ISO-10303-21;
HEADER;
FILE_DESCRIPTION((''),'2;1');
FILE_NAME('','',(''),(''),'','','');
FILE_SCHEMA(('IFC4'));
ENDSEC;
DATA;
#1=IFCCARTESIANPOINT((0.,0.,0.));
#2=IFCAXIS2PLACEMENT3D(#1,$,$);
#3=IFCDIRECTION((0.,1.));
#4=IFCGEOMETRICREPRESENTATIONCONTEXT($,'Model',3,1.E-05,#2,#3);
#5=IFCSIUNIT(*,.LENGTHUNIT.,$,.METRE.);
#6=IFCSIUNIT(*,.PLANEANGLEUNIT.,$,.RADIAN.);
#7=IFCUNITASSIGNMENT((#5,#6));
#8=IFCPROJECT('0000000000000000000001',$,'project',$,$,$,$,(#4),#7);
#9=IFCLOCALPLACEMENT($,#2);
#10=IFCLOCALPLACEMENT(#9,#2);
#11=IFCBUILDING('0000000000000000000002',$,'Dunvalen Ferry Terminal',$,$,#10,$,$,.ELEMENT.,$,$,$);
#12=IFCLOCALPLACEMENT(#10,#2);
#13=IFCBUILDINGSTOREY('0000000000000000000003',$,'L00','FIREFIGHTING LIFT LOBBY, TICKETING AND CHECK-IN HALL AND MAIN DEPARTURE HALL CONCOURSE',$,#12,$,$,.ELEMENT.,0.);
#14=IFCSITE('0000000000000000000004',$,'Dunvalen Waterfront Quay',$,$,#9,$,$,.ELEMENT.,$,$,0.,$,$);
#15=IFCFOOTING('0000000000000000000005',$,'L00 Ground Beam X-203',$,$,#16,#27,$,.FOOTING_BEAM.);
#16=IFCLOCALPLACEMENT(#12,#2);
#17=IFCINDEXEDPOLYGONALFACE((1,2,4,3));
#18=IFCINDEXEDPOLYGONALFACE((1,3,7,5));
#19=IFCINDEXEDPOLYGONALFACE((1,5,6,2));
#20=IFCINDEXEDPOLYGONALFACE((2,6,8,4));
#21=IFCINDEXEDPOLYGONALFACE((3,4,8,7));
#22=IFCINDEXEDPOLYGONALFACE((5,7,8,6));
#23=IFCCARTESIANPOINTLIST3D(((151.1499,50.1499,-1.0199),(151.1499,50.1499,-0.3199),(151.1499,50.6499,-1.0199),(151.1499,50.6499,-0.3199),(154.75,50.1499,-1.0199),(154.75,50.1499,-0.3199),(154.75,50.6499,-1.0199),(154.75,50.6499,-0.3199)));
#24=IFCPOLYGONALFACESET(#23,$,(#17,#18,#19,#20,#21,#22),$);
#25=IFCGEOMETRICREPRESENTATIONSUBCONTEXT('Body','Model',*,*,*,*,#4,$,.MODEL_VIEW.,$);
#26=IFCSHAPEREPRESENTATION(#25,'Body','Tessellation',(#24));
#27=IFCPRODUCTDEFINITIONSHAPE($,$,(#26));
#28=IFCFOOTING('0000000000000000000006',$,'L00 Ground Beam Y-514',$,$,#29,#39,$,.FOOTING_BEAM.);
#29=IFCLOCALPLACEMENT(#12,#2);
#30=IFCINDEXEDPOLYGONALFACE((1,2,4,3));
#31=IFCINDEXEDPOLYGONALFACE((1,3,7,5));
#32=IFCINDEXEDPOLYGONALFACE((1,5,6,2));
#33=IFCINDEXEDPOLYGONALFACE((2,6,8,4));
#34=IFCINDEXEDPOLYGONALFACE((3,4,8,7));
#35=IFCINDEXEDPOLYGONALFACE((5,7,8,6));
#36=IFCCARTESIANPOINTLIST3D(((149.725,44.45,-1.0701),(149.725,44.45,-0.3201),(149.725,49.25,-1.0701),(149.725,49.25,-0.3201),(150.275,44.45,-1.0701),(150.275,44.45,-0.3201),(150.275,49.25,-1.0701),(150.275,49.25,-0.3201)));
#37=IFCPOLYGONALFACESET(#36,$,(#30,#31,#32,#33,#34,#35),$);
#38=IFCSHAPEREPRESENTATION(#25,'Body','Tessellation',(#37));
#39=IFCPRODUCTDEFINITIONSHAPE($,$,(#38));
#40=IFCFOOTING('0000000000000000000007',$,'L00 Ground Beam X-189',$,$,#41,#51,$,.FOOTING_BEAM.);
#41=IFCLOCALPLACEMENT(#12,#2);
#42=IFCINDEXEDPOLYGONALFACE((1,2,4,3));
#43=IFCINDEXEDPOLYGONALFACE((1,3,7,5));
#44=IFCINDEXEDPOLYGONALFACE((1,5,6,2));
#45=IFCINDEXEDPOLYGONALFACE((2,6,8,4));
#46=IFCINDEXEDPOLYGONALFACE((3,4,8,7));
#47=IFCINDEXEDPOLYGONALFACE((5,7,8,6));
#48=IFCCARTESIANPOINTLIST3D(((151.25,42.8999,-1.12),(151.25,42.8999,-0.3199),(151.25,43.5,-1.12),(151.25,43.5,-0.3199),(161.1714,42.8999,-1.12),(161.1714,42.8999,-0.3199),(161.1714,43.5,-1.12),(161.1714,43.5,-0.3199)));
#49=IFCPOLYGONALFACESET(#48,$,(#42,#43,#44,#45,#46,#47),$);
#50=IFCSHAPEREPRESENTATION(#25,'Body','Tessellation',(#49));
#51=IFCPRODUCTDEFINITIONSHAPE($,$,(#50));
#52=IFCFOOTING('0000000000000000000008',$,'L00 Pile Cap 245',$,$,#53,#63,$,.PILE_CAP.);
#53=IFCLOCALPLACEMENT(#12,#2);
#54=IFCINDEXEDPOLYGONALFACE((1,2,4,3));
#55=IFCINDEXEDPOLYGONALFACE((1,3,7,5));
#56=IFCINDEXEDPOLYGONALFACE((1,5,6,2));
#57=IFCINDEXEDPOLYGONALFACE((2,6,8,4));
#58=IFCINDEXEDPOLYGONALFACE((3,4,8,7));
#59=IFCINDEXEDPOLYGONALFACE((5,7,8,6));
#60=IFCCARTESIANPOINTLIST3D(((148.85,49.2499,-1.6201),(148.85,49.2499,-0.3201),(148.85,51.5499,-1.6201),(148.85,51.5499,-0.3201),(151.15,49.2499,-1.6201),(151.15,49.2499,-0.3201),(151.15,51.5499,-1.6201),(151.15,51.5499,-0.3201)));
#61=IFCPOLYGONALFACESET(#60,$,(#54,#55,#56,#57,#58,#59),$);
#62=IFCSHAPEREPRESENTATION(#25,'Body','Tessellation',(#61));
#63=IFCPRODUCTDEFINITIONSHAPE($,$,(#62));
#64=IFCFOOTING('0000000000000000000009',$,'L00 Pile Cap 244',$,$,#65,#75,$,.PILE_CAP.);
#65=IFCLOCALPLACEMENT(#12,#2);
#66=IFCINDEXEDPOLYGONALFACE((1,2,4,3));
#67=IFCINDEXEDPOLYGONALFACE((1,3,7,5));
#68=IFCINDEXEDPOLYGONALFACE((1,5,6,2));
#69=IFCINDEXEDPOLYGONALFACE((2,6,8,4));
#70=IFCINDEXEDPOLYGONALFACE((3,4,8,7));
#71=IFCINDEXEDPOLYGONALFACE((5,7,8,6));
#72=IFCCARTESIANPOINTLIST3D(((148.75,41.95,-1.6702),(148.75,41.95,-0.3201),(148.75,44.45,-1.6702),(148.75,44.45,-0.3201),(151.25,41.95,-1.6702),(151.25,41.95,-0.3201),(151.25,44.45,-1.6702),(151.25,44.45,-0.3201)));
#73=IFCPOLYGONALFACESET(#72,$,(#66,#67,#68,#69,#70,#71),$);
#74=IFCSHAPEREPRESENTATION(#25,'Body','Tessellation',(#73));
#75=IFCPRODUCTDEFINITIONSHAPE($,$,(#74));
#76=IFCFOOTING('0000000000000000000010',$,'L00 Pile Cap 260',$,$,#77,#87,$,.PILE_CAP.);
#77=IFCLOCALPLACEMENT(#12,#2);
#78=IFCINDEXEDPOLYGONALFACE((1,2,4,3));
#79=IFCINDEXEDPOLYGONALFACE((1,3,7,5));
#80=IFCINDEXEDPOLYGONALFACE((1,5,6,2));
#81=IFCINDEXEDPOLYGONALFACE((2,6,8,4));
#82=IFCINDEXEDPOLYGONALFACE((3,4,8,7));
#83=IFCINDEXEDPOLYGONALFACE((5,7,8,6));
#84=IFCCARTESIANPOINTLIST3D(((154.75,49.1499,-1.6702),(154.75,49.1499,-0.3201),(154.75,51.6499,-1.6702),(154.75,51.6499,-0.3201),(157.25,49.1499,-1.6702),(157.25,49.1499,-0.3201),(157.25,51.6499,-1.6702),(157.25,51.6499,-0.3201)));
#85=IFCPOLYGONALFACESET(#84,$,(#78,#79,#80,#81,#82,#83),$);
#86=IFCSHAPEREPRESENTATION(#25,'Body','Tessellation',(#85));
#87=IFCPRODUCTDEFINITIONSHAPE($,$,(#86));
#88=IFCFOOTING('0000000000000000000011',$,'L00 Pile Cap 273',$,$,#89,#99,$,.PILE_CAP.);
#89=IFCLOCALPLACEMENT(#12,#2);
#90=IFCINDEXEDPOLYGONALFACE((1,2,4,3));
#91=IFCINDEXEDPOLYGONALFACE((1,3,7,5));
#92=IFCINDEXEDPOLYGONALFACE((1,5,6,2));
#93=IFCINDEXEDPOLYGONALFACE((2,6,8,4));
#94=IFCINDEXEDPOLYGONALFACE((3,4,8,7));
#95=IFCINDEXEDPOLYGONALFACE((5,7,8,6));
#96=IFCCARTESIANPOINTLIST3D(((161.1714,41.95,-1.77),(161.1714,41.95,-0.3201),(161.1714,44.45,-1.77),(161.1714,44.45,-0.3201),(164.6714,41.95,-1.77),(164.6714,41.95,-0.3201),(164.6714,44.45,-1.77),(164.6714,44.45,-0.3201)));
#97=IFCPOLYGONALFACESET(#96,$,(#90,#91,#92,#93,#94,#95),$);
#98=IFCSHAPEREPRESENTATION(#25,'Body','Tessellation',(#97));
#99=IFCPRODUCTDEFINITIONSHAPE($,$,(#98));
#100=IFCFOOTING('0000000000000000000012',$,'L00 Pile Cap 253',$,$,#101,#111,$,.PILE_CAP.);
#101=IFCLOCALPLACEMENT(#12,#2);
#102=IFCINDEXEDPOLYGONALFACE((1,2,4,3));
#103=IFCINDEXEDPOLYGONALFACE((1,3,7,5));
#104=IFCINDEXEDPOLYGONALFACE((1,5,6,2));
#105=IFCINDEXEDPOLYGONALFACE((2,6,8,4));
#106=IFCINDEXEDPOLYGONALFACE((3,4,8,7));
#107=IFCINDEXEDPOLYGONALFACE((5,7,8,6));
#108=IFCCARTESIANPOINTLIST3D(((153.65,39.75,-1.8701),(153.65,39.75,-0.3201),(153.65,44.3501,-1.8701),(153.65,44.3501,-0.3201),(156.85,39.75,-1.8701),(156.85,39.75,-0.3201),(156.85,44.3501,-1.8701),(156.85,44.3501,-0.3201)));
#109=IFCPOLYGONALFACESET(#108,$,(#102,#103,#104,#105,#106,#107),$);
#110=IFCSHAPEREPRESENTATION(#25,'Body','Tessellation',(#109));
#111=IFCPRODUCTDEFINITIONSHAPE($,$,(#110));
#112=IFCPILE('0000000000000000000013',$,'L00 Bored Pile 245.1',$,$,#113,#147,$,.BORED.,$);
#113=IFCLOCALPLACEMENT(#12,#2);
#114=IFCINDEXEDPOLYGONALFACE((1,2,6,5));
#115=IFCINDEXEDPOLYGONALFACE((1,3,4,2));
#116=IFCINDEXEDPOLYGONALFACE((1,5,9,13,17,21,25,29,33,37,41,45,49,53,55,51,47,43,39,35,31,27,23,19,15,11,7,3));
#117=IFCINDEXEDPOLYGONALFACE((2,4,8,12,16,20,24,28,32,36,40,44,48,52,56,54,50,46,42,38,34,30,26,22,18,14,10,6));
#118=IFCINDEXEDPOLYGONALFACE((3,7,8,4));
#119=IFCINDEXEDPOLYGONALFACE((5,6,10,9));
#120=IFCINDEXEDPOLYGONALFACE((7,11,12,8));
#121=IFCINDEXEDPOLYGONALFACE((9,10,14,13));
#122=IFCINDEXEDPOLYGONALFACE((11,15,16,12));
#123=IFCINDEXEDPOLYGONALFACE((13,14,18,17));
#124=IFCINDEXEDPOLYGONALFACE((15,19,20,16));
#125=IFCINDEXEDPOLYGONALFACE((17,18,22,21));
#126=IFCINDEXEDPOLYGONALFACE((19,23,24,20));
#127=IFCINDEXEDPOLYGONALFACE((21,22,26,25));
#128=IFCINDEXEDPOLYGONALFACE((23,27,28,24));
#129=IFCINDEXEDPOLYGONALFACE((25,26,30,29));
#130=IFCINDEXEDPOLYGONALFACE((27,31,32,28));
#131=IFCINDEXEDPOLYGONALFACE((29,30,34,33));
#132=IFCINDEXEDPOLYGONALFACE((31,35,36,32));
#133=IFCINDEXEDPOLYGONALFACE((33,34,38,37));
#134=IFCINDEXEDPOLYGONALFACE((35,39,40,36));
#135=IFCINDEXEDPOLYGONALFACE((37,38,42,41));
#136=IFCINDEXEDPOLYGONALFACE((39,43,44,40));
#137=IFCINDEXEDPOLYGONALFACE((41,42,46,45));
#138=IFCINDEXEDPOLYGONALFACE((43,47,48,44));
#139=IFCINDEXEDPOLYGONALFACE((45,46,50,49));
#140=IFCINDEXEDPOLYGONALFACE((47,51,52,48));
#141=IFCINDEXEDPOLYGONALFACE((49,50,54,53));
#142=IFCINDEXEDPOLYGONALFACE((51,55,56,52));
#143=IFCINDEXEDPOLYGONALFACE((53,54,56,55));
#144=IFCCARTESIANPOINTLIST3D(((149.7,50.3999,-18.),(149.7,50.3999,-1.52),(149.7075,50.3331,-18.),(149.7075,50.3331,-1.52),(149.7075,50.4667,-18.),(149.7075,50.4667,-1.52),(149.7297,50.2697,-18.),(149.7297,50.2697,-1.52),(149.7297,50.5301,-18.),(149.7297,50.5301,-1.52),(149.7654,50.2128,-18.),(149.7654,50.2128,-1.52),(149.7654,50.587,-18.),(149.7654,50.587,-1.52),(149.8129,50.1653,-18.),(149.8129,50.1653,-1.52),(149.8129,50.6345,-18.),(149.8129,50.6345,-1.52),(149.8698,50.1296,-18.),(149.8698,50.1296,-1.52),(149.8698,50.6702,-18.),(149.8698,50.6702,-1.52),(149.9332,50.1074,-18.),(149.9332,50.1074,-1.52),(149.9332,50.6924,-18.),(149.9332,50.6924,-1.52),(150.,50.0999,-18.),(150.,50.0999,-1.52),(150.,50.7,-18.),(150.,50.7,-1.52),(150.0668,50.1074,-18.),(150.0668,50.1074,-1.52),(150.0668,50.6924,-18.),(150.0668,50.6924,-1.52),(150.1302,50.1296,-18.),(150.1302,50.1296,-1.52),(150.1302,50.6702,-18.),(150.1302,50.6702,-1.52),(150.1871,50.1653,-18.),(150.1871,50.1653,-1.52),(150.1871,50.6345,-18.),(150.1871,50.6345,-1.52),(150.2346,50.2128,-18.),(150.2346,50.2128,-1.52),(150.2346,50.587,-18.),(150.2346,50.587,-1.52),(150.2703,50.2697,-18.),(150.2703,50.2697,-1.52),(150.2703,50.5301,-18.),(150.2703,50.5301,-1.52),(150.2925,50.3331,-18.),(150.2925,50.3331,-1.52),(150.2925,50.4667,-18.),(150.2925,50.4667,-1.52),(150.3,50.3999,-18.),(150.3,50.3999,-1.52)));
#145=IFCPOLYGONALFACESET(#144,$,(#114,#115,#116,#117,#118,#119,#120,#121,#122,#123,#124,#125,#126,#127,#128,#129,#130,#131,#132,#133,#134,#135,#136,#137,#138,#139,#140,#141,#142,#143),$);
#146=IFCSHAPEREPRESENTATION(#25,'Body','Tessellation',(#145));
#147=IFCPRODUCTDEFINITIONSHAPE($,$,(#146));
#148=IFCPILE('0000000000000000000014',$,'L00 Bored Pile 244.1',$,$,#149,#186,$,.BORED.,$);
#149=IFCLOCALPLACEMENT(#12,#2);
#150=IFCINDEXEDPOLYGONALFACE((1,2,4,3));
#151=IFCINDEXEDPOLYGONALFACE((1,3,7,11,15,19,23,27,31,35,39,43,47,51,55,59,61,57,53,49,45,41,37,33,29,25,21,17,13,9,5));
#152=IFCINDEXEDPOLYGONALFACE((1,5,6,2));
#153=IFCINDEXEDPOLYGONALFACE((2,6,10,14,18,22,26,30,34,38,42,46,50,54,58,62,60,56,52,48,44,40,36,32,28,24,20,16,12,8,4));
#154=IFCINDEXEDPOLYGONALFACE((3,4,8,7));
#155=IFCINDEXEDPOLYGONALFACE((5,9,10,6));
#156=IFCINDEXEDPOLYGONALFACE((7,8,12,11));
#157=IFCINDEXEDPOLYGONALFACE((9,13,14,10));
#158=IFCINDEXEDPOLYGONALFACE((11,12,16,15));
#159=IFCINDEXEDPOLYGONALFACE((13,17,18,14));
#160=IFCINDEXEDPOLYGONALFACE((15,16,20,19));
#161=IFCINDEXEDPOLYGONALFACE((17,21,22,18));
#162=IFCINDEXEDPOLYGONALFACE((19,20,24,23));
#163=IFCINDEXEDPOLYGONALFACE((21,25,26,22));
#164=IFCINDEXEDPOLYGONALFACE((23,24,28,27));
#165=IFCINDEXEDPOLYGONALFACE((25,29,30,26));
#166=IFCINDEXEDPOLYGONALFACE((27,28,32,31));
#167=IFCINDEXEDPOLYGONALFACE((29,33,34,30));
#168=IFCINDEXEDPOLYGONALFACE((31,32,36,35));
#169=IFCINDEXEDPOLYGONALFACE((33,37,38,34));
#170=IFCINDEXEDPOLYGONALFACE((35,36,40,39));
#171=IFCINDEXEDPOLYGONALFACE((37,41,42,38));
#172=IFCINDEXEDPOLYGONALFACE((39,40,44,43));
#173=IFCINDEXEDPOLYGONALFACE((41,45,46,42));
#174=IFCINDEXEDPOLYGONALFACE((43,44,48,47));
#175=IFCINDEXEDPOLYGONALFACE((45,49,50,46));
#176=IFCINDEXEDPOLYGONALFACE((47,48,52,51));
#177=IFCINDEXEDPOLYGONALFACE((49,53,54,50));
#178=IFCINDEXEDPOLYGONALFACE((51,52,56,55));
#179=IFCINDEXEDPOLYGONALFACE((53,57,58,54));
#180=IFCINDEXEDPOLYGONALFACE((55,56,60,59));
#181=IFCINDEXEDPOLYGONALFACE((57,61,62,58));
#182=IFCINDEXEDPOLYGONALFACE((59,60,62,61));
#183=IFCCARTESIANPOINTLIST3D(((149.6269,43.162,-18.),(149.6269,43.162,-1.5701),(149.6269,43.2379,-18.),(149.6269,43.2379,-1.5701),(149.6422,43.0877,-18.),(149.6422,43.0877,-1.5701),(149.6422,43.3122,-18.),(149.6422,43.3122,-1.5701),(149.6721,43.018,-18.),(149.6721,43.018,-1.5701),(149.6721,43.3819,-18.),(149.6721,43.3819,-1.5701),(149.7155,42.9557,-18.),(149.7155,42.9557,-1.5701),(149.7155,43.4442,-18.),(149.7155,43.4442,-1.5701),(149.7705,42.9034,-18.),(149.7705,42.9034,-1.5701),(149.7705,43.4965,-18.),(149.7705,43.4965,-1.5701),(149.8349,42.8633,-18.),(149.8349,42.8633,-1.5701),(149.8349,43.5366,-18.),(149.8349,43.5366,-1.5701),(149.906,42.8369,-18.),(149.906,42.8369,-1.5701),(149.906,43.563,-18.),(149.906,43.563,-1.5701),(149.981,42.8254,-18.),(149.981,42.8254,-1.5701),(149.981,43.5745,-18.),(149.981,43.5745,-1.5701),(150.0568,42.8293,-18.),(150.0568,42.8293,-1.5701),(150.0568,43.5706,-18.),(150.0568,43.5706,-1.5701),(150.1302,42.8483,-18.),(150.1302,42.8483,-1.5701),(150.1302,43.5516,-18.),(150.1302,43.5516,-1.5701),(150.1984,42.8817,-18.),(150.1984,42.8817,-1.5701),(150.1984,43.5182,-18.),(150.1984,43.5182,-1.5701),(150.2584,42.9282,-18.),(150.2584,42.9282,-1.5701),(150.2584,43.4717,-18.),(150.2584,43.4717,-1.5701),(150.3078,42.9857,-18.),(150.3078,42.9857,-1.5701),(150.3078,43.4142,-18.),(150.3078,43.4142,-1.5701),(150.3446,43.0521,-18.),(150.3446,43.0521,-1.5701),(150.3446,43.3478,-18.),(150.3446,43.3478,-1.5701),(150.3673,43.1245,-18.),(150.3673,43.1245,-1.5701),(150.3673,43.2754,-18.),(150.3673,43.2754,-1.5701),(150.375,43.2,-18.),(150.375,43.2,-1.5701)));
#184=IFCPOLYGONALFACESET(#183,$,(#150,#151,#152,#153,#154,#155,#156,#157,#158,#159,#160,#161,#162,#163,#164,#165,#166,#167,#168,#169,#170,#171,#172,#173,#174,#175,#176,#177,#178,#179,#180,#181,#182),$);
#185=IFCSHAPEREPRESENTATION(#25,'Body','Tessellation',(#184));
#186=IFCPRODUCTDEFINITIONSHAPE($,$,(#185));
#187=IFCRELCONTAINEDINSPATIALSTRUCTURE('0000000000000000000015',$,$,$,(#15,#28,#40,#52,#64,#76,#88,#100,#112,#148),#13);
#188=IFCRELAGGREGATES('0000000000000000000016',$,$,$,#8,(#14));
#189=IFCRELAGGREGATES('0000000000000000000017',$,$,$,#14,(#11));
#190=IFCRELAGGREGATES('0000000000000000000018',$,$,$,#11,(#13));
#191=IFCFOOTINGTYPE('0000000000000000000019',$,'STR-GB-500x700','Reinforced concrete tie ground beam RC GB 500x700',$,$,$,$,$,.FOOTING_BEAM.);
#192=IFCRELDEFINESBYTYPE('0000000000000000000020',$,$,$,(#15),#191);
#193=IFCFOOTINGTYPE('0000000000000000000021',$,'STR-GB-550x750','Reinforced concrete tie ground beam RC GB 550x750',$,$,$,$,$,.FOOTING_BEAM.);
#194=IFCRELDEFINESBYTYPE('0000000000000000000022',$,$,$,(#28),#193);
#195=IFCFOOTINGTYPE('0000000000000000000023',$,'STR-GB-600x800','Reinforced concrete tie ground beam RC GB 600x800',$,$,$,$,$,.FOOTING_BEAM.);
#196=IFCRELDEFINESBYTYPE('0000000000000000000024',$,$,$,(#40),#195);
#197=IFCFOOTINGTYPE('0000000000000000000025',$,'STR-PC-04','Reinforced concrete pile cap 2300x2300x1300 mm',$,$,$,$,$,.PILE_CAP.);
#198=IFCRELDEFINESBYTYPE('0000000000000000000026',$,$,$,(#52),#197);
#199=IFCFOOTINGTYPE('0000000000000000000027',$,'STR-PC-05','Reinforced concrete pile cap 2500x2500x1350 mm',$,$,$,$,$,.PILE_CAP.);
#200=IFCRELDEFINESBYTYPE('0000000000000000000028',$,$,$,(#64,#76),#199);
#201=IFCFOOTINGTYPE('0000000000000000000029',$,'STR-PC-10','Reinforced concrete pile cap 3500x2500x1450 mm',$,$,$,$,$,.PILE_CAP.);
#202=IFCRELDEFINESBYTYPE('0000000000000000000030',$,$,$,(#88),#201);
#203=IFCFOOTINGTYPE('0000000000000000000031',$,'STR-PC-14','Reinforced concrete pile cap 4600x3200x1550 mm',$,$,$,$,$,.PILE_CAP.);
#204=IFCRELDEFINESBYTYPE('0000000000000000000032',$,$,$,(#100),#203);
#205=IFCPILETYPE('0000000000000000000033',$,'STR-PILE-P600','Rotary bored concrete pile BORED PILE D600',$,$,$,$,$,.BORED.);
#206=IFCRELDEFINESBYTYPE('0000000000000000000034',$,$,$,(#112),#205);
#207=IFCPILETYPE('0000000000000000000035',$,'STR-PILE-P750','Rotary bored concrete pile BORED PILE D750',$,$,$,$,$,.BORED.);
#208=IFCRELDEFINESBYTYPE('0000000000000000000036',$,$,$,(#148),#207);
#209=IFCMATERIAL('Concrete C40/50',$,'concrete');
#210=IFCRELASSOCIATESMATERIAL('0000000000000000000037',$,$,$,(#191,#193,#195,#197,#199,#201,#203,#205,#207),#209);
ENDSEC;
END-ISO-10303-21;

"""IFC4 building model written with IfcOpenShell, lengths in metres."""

from ifc_helpers import new_model, si_unit, direction, frame, origin, origin_2d, place, context, subcontext, project, spatial, rectangle, circle, extrude, material, material_profile, profile_set, type_object, element, save


model = new_model("IFC4")

# Units and contexts
model_context = context("Model", 3, precision=1e-05, world=origin(), true_north=direction((0.0, 1.0)))
body_context = subcontext(model_context, "Body", "Model", "MODEL_VIEW")
ifc_project = project(units=[si_unit("LENGTHUNIT", "METRE"), si_unit("PLANEANGLEUNIT", "RADIAN")], contexts=[model_context])

# Site, building, storey
site_placement = place(None, origin())
site = spatial("IfcSite", under=ifc_project, at=site_placement, Name="Dunvalen Waterfront Quay", CompositionType="ELEMENT", RefElevation=0.0)
building_placement = place(site_placement, origin())
building = spatial("IfcBuilding", under=site, at=building_placement, Name="Dunvalen Ferry Terminal", CompositionType="ELEMENT")
storey_placement = place(building_placement, origin())
storey = spatial("IfcBuildingStorey", under=building, at=storey_placement, Name="L00", Description="FIREFIGHTING LIFT LOBBY, TICKETING AND CHECK-IN HALL AND MAIN DEPARTURE HALL CONCOURSE", CompositionType="ELEMENT", Elevation=0.0)

# Footings
ifc_material_1 = material(Name="Concrete C40/50", Category="concrete")
ifc_material_profile_1 = material_profile(ifc_material_1, rectangle(XDim=0.5, YDim=0.7, at=origin_2d()), Name="Concrete C40/50")
ifc_profile_set_1 = profile_set([ifc_material_profile_1], Name="Concrete C40/50")
footing_type_1 = type_object("IfcFootingType", Name="STR-GB-500x700", Description="Reinforced concrete tie ground beam RC GB 500x700", PredefinedType="FOOTING_BEAM", material=ifc_profile_set_1)
footing_1_placement = place(storey_placement, frame((151.1499, 50.3999, -0.6699), z_axis=(1.0, 0.0, 0.0), x_axis=(0.0, 1.0, 0.0)))
element("IfcFooting", 1, at=footing_1_placement, inside=storey, type_object=footing_type_1, Name="L00 Ground Beam X-203", PredefinedType="FOOTING_BEAM", context=body_context, shape_type="SweptSolid", body=[
    extrude(rectangle(XDim=0.5, YDim=0.7, at=origin_2d()), origin(), (0.0, 0.0, 1.0), 3.6001),
])
ifc_material_profile_2 = material_profile(ifc_material_1, rectangle(XDim=0.55, YDim=0.75, at=origin_2d()), Name="Concrete C40/50")
ifc_profile_set_2 = profile_set([ifc_material_profile_2], Name="Concrete C40/50")
footing_type_2 = type_object("IfcFootingType", Name="STR-GB-550x750", Description="Reinforced concrete tie ground beam RC GB 550x750", PredefinedType="FOOTING_BEAM", material=ifc_profile_set_2)
footing_2_placement = place(storey_placement, frame((150.0, 44.45, -0.6951), z_axis=(0.0, 1.0, 0.0), x_axis=(-1.0, 0.0, 0.0)))
element("IfcFooting", 2, at=footing_2_placement, inside=storey, type_object=footing_type_2, Name="L00 Ground Beam Y-514", PredefinedType="FOOTING_BEAM", context=body_context, shape_type="SweptSolid", body=[
    extrude(rectangle(XDim=0.55, YDim=0.75, at=origin_2d()), origin(), (0.0, 0.0, 1.0), 4.8),
])
ifc_material_profile_3 = material_profile(ifc_material_1, rectangle(XDim=0.6001, YDim=0.8, at=origin_2d()), Name="Concrete C40/50")
ifc_profile_set_3 = profile_set([ifc_material_profile_3], Name="Concrete C40/50")
footing_type_3 = type_object("IfcFootingType", Name="STR-GB-600x800", Description="Reinforced concrete tie ground beam RC GB 600x800", PredefinedType="FOOTING_BEAM", material=ifc_profile_set_3)
footing_3_placement = place(storey_placement, frame((151.25, 43.2, -0.72), z_axis=(1.0, 0.0, 0.0), x_axis=(0.0, 1.0, 0.0)))
element("IfcFooting", 3, at=footing_3_placement, inside=storey, type_object=footing_type_3, Name="L00 Ground Beam X-189", PredefinedType="FOOTING_BEAM", context=body_context, shape_type="SweptSolid", body=[
    extrude(rectangle(XDim=0.6001, YDim=0.8, at=origin_2d()), origin(), (0.0, 0.0, 1.0), 9.9214),
])
footing_type_4 = type_object("IfcFootingType", Name="STR-PC-04", Description="Reinforced concrete pile cap 2300x2300x1300 mm", PredefinedType="PILE_CAP", material=ifc_material_1)
footing_4_placement = place(storey_placement, frame((150.0, 50.3999, -1.6201), z_axis=(0.0, 0.0, 1.0), x_axis=(1.0, 0.0, 0.0)))
element("IfcFooting", 4, at=footing_4_placement, inside=storey, type_object=footing_type_4, Name="L00 Pile Cap 245", PredefinedType="PILE_CAP", context=body_context, shape_type="SweptSolid", body=[
    extrude(rectangle(XDim=2.3, YDim=2.3, at=origin_2d()), origin(), (0.0, 0.0, 1.0), 1.3),
])
footing_type_5 = type_object("IfcFootingType", Name="STR-PC-05", Description="Reinforced concrete pile cap 2500x2500x1350 mm", PredefinedType="PILE_CAP", material=ifc_material_1)
for number, where, z_axis, x_axis, name in (
    (5, (150.0, 43.2, -1.6702), (0.0, 0.0, 1.0), (1.0, 0.0, 0.0), "L00 Pile Cap 244"),
    (6, (156.0, 50.3999, -1.6702), (0.0, 0.0, 1.0), (1.0, 0.0, 0.0), "L00 Pile Cap 260"),
):
    element("IfcFooting", number, at=place(storey_placement, frame(where, z_axis=z_axis, x_axis=x_axis)), inside=storey, type_object=footing_type_5, Name=name, PredefinedType="PILE_CAP", context=body_context, shape_type="SweptSolid", body=[
        extrude(rectangle(XDim=2.5, YDim=2.5, at=origin_2d()), origin(), (0.0, 0.0, 1.0), 1.3501),
    ])
footing_type_6 = type_object("IfcFootingType", Name="STR-PC-10", Description="Reinforced concrete pile cap 3500x2500x1450 mm", PredefinedType="PILE_CAP", material=ifc_material_1)
footing_5_placement = place(storey_placement, frame((162.9214, 43.2, -1.77), z_axis=(0.0, 0.0, 1.0), x_axis=(1.0, 0.0, 0.0)))
element("IfcFooting", 7, at=footing_5_placement, inside=storey, type_object=footing_type_6, Name="L00 Pile Cap 273", PredefinedType="PILE_CAP", context=body_context, shape_type="SweptSolid", body=[
    extrude(rectangle(XDim=3.5, YDim=2.5, at=origin_2d()), origin(), (0.0, 0.0, 1.0), 1.45),
])
footing_type_7 = type_object("IfcFootingType", Name="STR-PC-14", Description="Reinforced concrete pile cap 4600x3200x1550 mm", PredefinedType="PILE_CAP", material=ifc_material_1)
footing_6_placement = place(storey_placement, frame((155.25, 42.05, -1.8701), z_axis=(0.0, 0.0, 1.0), x_axis=(0.0, 1.0, 0.0)))
element("IfcFooting", 8, at=footing_6_placement, inside=storey, type_object=footing_type_7, Name="L00 Pile Cap 253", PredefinedType="PILE_CAP", context=body_context, shape_type="SweptSolid", body=[
    extrude(rectangle(XDim=4.6001, YDim=3.2, at=origin_2d()), origin(), (0.0, 0.0, 1.0), 1.55),
])

# Piles
ifc_material_profile_4 = material_profile(ifc_material_1, circle(Radius=0.3, at=origin_2d()), Name="Concrete C40/50")
ifc_profile_set_4 = profile_set([ifc_material_profile_4], Name="Concrete C40/50")
pile_type_1 = type_object("IfcPileType", Name="STR-PILE-P600", Description="Rotary bored concrete pile BORED PILE D600", PredefinedType="BORED", material=ifc_profile_set_4)
pile_1_placement = place(storey_placement, frame((150.0, 50.3999, -1.52), z_axis=(0.0, 0.0, -1.0), x_axis=(1.0, 0.0, 0.0)))
element("IfcPile", 9, at=pile_1_placement, inside=storey, type_object=pile_type_1, Name="L00 Bored Pile 245.1", PredefinedType="BORED", context=body_context, shape_type="SweptSolid", body=[
    extrude(circle(Radius=0.3, at=origin_2d()), origin(), (0.0, 0.0, 1.0), 16.48),
])
ifc_material_profile_5 = material_profile(ifc_material_1, circle(Radius=0.375, at=origin_2d()), Name="Concrete C40/50")
ifc_profile_set_5 = profile_set([ifc_material_profile_5], Name="Concrete C40/50")
pile_type_2 = type_object("IfcPileType", Name="STR-PILE-P750", Description="Rotary bored concrete pile BORED PILE D750", PredefinedType="BORED", material=ifc_profile_set_5)
for number, where, z_axis, x_axis, name in (
    (10, (150.0, 43.2, -1.5701), (0.0, 0.0, -1.0), (1.0, 0.0, 0.0), "L00 Bored Pile 244.1"),
):
    element("IfcPile", number, at=place(storey_placement, frame(where, z_axis=z_axis, x_axis=x_axis)), inside=storey, type_object=pile_type_2, Name=name, PredefinedType="BORED", context=body_context, shape_type="SweptSolid", body=[
        extrude(circle(Radius=0.375, at=origin_2d()), origin(), (0.0, 0.0, 1.0), 16.4299),
    ])

save(model, "model.ifc")
